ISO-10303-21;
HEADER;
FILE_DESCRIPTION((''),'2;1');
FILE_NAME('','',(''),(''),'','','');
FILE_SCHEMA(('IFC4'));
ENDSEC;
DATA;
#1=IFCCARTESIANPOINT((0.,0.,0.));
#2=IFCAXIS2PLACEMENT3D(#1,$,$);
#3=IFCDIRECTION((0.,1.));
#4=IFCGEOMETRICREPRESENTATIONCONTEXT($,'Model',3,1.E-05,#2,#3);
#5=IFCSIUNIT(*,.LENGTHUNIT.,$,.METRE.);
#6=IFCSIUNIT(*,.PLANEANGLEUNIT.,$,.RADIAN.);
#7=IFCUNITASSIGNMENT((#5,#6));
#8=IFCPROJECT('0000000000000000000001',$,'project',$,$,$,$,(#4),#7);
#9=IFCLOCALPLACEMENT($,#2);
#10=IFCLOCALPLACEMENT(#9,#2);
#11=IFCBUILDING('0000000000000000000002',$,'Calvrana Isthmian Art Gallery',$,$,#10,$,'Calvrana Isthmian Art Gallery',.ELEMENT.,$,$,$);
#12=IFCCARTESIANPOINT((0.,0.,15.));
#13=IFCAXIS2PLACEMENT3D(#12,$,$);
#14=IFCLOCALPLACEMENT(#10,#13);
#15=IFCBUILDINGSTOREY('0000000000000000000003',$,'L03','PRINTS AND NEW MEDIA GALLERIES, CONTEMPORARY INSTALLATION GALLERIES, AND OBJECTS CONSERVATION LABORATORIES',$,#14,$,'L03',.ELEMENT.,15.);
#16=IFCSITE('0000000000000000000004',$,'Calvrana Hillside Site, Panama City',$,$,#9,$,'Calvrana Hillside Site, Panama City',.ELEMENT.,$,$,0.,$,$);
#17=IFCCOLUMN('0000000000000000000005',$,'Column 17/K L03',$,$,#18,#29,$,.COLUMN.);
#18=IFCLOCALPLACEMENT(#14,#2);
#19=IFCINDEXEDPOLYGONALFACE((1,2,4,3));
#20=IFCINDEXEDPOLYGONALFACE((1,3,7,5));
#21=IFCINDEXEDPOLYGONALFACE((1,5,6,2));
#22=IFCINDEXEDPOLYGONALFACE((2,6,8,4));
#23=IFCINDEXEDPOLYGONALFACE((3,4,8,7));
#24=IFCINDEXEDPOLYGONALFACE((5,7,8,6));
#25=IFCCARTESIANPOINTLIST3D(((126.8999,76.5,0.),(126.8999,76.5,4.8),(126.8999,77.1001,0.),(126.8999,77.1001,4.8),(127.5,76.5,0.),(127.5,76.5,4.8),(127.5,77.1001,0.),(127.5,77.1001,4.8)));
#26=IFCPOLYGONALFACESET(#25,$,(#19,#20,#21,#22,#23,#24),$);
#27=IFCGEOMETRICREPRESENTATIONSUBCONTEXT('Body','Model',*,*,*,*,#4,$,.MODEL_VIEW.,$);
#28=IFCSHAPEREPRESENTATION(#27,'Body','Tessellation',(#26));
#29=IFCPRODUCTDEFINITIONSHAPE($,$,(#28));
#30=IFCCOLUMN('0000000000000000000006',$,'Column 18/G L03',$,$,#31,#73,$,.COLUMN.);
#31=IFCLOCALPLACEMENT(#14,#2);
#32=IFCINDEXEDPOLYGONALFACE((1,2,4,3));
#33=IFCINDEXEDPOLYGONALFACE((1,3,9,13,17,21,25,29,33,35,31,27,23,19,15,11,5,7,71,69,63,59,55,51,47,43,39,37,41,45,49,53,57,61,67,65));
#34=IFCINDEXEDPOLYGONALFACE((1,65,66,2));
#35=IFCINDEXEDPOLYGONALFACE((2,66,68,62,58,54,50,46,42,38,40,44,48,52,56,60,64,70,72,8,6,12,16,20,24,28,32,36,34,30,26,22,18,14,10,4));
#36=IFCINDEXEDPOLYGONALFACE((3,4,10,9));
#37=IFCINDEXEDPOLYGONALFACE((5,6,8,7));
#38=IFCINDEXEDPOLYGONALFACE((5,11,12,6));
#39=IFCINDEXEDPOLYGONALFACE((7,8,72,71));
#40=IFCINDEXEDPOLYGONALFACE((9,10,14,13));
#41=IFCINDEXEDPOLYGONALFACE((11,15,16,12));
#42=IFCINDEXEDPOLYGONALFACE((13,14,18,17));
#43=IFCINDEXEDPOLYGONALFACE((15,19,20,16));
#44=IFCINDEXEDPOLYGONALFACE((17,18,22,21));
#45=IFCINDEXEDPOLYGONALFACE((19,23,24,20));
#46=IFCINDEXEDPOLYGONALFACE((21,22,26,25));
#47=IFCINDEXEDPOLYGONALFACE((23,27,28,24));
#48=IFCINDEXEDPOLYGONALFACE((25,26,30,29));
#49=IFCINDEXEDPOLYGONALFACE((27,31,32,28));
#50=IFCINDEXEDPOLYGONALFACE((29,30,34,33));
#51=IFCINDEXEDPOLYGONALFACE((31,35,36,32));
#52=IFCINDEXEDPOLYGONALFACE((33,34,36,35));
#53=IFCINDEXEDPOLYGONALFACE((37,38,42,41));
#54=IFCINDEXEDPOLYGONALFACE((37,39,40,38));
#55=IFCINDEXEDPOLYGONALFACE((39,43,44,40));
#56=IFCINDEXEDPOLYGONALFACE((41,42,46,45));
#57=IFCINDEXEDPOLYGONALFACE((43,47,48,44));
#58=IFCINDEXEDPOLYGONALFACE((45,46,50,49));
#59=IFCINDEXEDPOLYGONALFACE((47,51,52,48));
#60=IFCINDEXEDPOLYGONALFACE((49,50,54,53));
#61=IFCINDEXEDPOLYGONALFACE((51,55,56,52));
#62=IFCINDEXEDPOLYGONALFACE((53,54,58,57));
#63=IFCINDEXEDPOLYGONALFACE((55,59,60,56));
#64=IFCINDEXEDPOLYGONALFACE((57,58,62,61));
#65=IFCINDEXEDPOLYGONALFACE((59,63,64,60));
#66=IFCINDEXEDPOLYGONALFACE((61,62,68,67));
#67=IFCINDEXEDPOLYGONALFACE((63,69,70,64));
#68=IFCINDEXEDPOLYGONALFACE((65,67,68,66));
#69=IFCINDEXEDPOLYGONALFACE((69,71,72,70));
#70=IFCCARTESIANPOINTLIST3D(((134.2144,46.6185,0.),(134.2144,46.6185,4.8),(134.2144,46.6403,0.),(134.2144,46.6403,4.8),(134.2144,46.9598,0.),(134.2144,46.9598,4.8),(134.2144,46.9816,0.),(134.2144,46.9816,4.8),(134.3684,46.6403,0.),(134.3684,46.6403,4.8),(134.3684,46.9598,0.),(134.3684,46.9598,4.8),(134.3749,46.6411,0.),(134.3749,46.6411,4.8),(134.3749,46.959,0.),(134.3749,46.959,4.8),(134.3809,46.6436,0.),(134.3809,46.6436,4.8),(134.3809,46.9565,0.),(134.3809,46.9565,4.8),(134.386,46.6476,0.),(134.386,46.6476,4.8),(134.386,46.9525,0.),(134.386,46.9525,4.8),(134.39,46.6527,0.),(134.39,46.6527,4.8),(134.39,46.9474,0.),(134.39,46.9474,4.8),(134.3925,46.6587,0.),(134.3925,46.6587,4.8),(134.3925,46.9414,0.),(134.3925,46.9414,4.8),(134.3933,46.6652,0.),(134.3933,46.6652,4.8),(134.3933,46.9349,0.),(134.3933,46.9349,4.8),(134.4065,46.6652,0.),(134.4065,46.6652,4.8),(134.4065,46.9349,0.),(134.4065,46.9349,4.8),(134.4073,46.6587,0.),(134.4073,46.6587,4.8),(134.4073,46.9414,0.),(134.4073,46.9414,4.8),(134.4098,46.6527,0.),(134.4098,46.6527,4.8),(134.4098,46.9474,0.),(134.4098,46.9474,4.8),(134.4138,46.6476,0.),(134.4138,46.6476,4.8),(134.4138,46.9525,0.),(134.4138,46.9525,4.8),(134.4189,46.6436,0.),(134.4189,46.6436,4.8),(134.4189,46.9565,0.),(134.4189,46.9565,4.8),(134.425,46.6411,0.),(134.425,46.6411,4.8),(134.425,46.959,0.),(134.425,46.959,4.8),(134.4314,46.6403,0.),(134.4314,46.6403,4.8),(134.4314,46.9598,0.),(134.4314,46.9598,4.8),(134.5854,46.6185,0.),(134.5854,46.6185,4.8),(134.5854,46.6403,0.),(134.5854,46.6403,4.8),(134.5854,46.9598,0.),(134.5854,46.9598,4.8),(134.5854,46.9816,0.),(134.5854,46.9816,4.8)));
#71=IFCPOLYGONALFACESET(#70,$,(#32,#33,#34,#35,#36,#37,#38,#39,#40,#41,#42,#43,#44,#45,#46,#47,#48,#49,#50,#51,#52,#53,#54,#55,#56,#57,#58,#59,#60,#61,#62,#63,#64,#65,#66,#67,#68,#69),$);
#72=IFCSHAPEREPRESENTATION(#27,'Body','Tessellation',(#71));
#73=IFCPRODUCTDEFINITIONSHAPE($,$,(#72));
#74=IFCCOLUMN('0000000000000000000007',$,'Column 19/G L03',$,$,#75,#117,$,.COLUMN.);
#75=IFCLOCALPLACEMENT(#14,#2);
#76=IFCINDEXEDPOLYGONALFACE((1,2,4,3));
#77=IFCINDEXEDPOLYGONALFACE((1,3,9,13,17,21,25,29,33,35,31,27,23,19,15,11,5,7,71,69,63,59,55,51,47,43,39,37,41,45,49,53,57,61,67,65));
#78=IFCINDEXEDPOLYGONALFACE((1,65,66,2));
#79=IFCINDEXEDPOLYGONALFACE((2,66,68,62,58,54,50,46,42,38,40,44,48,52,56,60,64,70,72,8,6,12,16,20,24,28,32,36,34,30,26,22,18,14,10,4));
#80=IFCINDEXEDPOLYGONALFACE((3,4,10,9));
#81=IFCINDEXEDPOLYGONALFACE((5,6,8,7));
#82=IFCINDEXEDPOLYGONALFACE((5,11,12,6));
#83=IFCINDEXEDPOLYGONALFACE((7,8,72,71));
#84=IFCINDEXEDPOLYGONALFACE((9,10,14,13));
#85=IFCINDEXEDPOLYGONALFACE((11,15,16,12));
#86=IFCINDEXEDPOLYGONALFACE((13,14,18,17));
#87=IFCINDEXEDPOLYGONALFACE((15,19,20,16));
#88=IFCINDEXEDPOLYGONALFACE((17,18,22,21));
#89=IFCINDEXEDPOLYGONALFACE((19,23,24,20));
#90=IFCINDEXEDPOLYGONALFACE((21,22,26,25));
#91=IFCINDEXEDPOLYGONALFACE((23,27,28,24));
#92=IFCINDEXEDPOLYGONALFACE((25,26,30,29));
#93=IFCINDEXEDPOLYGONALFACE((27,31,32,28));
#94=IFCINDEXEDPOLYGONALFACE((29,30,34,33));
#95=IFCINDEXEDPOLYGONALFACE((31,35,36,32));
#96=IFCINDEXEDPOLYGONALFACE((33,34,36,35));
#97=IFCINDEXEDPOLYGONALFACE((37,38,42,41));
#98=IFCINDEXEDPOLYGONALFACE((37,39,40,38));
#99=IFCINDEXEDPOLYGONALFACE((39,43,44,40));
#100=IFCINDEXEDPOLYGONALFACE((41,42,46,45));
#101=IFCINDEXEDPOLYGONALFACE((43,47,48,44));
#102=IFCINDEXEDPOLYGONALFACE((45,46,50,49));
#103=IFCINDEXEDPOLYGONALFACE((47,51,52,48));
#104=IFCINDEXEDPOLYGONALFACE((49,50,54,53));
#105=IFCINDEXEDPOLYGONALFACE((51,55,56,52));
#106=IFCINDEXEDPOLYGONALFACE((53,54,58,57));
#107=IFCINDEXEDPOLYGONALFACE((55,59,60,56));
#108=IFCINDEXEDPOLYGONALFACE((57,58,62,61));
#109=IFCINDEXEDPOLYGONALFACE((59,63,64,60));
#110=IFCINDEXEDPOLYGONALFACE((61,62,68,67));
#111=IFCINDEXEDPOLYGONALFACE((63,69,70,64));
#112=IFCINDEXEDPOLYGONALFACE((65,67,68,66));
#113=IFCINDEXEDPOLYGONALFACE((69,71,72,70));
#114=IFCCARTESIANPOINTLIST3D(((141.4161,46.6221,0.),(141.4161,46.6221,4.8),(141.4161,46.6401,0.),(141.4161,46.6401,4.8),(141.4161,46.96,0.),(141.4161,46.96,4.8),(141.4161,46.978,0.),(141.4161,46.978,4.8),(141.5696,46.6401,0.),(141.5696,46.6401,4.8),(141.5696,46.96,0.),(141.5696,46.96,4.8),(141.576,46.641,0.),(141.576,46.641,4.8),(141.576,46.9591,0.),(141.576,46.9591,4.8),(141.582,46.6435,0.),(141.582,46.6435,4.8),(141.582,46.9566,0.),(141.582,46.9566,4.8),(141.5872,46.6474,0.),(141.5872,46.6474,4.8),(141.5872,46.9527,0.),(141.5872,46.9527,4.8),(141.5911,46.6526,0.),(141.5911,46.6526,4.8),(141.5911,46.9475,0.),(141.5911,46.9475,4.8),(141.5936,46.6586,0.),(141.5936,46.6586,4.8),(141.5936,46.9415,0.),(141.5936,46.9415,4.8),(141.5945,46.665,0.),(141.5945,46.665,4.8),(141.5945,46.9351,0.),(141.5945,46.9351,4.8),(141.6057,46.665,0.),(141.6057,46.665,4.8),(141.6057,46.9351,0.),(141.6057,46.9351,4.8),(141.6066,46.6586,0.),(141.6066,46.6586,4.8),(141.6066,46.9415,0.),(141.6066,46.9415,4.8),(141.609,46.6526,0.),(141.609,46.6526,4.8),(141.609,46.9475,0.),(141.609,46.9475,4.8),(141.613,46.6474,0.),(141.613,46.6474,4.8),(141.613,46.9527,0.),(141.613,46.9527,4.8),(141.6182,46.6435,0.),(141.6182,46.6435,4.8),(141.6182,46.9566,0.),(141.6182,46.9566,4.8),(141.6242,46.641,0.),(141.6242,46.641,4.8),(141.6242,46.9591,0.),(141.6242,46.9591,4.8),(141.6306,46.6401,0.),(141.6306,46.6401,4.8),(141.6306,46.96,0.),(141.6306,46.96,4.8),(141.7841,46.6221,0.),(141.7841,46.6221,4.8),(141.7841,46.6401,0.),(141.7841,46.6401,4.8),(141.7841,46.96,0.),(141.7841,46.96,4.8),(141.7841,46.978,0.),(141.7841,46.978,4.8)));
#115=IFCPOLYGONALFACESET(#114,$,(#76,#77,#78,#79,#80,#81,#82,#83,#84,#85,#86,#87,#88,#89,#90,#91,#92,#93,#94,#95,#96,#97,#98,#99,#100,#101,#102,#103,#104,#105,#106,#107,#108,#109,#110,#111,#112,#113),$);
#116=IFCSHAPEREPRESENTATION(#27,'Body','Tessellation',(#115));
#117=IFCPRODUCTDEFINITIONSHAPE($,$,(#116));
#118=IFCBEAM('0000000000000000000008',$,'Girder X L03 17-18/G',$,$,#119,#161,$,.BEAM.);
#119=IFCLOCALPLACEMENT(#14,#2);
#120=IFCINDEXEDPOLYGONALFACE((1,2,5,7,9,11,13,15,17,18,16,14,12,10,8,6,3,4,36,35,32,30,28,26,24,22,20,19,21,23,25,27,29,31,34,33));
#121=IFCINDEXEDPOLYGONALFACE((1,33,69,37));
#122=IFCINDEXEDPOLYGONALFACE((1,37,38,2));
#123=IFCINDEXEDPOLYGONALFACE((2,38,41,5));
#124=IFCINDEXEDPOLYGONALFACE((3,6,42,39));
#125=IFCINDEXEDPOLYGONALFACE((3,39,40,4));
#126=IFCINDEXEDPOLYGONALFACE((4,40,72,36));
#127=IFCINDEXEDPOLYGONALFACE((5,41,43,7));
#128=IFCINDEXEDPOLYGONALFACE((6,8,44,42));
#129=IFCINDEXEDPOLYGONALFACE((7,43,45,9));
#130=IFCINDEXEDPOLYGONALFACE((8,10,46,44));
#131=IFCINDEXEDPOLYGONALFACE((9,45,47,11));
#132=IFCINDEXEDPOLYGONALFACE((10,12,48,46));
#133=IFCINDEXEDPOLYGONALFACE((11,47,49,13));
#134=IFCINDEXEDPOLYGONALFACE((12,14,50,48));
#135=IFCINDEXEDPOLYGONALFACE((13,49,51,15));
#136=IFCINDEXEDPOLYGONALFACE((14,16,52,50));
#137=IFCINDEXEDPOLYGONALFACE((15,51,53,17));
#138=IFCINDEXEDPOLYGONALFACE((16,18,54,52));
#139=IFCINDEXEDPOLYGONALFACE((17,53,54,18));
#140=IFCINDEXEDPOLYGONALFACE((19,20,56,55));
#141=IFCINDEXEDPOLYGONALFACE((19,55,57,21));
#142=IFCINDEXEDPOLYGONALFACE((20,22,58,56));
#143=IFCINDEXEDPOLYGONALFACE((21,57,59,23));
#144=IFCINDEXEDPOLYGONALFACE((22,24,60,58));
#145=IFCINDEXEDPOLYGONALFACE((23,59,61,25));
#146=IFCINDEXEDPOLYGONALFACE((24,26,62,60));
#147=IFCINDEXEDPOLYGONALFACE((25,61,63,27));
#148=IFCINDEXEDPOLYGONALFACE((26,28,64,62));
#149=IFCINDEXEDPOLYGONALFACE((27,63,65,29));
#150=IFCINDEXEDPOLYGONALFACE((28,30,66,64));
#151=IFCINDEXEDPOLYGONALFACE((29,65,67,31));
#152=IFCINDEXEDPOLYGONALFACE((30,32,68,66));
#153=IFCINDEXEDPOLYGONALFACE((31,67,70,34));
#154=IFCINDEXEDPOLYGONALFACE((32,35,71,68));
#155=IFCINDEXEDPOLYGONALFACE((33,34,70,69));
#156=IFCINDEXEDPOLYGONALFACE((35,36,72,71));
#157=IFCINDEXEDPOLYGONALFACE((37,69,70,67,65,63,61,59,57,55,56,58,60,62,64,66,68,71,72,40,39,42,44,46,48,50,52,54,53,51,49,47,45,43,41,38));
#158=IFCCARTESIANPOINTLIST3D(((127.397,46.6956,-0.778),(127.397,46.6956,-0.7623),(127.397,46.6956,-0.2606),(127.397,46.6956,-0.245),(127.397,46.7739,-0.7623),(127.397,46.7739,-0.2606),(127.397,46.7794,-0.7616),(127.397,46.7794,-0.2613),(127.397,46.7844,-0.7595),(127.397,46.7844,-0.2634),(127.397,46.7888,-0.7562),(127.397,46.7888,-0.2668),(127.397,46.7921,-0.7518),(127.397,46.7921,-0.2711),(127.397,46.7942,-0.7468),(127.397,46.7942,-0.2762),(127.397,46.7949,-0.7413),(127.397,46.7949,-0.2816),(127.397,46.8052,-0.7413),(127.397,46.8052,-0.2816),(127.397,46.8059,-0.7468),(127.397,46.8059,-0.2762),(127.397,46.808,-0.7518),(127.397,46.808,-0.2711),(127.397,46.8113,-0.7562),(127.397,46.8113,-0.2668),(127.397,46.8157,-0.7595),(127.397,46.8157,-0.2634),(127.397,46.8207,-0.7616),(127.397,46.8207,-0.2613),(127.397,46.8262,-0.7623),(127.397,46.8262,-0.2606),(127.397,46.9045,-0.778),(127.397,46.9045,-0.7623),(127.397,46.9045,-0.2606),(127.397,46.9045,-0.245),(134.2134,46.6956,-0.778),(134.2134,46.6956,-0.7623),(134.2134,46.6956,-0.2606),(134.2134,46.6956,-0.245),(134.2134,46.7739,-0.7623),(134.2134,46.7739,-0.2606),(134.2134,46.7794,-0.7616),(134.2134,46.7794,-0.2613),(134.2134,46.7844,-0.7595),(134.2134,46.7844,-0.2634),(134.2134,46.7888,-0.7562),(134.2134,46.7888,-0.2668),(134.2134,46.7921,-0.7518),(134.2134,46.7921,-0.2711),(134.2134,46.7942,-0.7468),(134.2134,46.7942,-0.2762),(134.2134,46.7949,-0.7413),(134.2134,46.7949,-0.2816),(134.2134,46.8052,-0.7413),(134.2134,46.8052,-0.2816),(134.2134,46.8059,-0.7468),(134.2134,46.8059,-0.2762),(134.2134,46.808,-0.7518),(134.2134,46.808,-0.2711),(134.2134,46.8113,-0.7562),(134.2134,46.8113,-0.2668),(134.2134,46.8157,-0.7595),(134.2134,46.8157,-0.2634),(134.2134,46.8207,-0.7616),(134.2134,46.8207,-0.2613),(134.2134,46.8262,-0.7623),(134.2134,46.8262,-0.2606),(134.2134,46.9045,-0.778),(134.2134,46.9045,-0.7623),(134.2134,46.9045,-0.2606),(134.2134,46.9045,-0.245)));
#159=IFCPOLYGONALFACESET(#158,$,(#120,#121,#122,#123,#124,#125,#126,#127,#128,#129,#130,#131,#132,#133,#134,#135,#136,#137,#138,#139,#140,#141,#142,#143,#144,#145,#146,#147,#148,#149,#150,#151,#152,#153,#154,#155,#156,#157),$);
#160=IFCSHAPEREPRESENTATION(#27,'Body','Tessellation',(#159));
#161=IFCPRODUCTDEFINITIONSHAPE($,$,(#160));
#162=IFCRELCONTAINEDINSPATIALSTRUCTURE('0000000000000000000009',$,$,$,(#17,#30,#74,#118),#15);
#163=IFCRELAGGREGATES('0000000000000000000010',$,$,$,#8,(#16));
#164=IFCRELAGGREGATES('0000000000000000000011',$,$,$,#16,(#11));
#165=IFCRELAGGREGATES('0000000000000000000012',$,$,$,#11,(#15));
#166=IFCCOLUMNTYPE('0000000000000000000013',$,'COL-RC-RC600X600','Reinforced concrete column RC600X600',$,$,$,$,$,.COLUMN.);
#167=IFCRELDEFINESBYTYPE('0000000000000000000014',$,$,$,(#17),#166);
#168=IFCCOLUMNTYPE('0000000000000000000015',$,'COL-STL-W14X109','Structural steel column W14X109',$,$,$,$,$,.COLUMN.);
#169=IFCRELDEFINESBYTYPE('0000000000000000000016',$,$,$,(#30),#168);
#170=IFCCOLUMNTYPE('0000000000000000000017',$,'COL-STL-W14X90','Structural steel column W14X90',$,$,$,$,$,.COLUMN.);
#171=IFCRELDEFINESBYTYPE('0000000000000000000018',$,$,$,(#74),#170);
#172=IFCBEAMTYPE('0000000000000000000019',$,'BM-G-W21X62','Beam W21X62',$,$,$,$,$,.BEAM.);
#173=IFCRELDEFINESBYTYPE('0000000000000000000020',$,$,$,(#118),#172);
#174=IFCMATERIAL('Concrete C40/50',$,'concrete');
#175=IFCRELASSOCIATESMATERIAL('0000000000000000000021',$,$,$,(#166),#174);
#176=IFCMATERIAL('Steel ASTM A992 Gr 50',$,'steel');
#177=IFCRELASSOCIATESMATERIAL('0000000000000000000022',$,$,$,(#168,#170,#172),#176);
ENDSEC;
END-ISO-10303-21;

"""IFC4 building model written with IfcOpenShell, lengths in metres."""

from ifc_helpers import new_model, si_unit, direction, frame, origin, origin_2d, place, context, subcontext, project, spatial, rectangle, i_section, extrude, material, material_profile, profile_set, type_object, element, save


model = new_model("IFC4")

# Units and contexts
model_context = context("Model", 3, precision=1e-05, world=origin(), true_north=direction((0.0, 1.0)))
body_context = subcontext(model_context, "Body", "Model", "MODEL_VIEW")
ifc_project = project(units=[si_unit("LENGTHUNIT", "METRE"), si_unit("PLANEANGLEUNIT", "RADIAN")], contexts=[model_context])

# Site, building, storey
site_placement = place(None, origin())
site = spatial("IfcSite", under=ifc_project, at=site_placement, Name="Calvrana Hillside Site, Panama City", LongName="Calvrana Hillside Site, Panama City", CompositionType="ELEMENT", RefElevation=0.0)
building_placement = place(site_placement, origin())
building = spatial("IfcBuilding", under=site, at=building_placement, Name="Calvrana Isthmian Art Gallery", LongName="Calvrana Isthmian Art Gallery", CompositionType="ELEMENT")
storey_placement = place(building_placement, frame((0.0, 0.0, 15.0)))
storey = spatial("IfcBuildingStorey", under=building, at=storey_placement, Name="L03", Description="PRINTS AND NEW MEDIA GALLERIES, CONTEMPORARY INSTALLATION GALLERIES, AND OBJECTS CONSERVATION LABORATORIES", LongName="L03", CompositionType="ELEMENT", Elevation=15.0)

# Columns
ifc_material_1 = material(Name="Concrete C40/50", Category="concrete")
ifc_material_profile_1 = material_profile(ifc_material_1, rectangle(XDim=0.6001, YDim=0.6001, at=origin_2d()), Name="RC600X600")
ifc_profile_set_1 = profile_set([ifc_material_profile_1], Name="Concrete C40/50")
column_type_1 = type_object("IfcColumnType", Name="COL-RC-RC600X600", Description="Reinforced concrete column RC600X600", PredefinedType="COLUMN", material=ifc_profile_set_1)
column_1_placement = place(storey_placement, frame((127.2, 76.8, 0.0), z_axis=(0.0, 0.0, 1.0), x_axis=(1.0, 0.0, 0.0)))
element("IfcColumn", 1, at=column_1_placement, inside=storey, type_object=column_type_1, Name="Column 17/K L03", PredefinedType="COLUMN", context=body_context, shape_type="SweptSolid", body=[
    extrude(rectangle(XDim=0.6001, YDim=0.6001, at=origin_2d()), origin(), (0.0, 0.0, 1.0), 4.8),
])
ifc_material_2 = material(Name="Steel ASTM A992 Gr 50", Category="steel")
ifc_material_profile_2 = material_profile(ifc_material_2, i_section(OverallWidth=0.3711, OverallDepth=0.363, WebThickness=0.0132, FlangeThickness=0.0217, FilletRadius=0.0249, at=origin_2d()), Name="W14X109")
ifc_profile_set_2 = profile_set([ifc_material_profile_2], Name="Steel ASTM A992 Gr 50")
column_type_2 = type_object("IfcColumnType", Name="COL-STL-W14X109", Description="Structural steel column W14X109", PredefinedType="COLUMN", material=ifc_profile_set_2)
column_2_placement = place(storey_placement, frame((134.3999, 46.8, 0.0), z_axis=(0.0, 0.0, 1.0), x_axis=(1.0, 0.0, 0.0)))
element("IfcColumn", 2, at=column_2_placement, inside=storey, type_object=column_type_2, Name="Column 18/G L03", PredefinedType="COLUMN", context=body_context, shape_type="SweptSolid", body=[
    extrude(i_section(OverallWidth=0.3711, OverallDepth=0.363, WebThickness=0.0132, FlangeThickness=0.0217, FilletRadius=0.0249, at=origin_2d()), origin(), (0.0, 0.0, 1.0), 4.8),
])
ifc_material_profile_3 = material_profile(ifc_material_2, i_section(OverallWidth=0.3679, OverallDepth=0.356, WebThickness=0.0112, FlangeThickness=0.0181, FilletRadius=0.0249, at=origin_2d()), Name="W14X90")
ifc_profile_set_3 = profile_set([ifc_material_profile_3], Name="Steel ASTM A992 Gr 50")
column_type_3 = type_object("IfcColumnType", Name="COL-STL-W14X90", Description="Structural steel column W14X90", PredefinedType="COLUMN", material=ifc_profile_set_3)
column_3_placement = place(storey_placement, frame((141.6001, 46.8, 0.0), z_axis=(0.0, 0.0, 1.0), x_axis=(1.0, 0.0, 0.0)))
element("IfcColumn", 3, at=column_3_placement, inside=storey, type_object=column_type_3, Name="Column 19/G L03", PredefinedType="COLUMN", context=body_context, shape_type="SweptSolid", body=[
    extrude(i_section(OverallWidth=0.3679, OverallDepth=0.356, WebThickness=0.0112, FlangeThickness=0.0181, FilletRadius=0.0249, at=origin_2d()), origin(), (0.0, 0.0, 1.0), 4.8),
])

# Beam
ifc_material_profile_4 = material_profile(ifc_material_2, i_section(OverallWidth=0.209, OverallDepth=0.533, WebThickness=0.0103, FlangeThickness=0.0156, FilletRadius=0.021, at=origin_2d()), Name="W21X62")
ifc_profile_set_4 = profile_set([ifc_material_profile_4], Name="Steel ASTM A992 Gr 50")
beam_type_1 = type_object("IfcBeamType", Name="BM-G-W21X62", Description="Beam W21X62", PredefinedType="BEAM", material=ifc_profile_set_4)
beam_1_placement = place(storey_placement, frame((127.397, 46.8, -0.5115), z_axis=(1.0, 0.0, 0.0), x_axis=(0.0, 1.0, 0.0)))
element("IfcBeam", 4, at=beam_1_placement, inside=storey, type_object=beam_type_1, Name="Girder X L03 17-18/G", PredefinedType="BEAM", context=body_context, shape_type="SweptSolid", body=[
    extrude(i_section(OverallWidth=0.209, OverallDepth=0.533, WebThickness=0.0103, FlangeThickness=0.0156, FilletRadius=0.021, at=origin_2d()), origin(), (0.0, 0.0, 1.0), 6.8164),
])

save(model, "model.ifc")
